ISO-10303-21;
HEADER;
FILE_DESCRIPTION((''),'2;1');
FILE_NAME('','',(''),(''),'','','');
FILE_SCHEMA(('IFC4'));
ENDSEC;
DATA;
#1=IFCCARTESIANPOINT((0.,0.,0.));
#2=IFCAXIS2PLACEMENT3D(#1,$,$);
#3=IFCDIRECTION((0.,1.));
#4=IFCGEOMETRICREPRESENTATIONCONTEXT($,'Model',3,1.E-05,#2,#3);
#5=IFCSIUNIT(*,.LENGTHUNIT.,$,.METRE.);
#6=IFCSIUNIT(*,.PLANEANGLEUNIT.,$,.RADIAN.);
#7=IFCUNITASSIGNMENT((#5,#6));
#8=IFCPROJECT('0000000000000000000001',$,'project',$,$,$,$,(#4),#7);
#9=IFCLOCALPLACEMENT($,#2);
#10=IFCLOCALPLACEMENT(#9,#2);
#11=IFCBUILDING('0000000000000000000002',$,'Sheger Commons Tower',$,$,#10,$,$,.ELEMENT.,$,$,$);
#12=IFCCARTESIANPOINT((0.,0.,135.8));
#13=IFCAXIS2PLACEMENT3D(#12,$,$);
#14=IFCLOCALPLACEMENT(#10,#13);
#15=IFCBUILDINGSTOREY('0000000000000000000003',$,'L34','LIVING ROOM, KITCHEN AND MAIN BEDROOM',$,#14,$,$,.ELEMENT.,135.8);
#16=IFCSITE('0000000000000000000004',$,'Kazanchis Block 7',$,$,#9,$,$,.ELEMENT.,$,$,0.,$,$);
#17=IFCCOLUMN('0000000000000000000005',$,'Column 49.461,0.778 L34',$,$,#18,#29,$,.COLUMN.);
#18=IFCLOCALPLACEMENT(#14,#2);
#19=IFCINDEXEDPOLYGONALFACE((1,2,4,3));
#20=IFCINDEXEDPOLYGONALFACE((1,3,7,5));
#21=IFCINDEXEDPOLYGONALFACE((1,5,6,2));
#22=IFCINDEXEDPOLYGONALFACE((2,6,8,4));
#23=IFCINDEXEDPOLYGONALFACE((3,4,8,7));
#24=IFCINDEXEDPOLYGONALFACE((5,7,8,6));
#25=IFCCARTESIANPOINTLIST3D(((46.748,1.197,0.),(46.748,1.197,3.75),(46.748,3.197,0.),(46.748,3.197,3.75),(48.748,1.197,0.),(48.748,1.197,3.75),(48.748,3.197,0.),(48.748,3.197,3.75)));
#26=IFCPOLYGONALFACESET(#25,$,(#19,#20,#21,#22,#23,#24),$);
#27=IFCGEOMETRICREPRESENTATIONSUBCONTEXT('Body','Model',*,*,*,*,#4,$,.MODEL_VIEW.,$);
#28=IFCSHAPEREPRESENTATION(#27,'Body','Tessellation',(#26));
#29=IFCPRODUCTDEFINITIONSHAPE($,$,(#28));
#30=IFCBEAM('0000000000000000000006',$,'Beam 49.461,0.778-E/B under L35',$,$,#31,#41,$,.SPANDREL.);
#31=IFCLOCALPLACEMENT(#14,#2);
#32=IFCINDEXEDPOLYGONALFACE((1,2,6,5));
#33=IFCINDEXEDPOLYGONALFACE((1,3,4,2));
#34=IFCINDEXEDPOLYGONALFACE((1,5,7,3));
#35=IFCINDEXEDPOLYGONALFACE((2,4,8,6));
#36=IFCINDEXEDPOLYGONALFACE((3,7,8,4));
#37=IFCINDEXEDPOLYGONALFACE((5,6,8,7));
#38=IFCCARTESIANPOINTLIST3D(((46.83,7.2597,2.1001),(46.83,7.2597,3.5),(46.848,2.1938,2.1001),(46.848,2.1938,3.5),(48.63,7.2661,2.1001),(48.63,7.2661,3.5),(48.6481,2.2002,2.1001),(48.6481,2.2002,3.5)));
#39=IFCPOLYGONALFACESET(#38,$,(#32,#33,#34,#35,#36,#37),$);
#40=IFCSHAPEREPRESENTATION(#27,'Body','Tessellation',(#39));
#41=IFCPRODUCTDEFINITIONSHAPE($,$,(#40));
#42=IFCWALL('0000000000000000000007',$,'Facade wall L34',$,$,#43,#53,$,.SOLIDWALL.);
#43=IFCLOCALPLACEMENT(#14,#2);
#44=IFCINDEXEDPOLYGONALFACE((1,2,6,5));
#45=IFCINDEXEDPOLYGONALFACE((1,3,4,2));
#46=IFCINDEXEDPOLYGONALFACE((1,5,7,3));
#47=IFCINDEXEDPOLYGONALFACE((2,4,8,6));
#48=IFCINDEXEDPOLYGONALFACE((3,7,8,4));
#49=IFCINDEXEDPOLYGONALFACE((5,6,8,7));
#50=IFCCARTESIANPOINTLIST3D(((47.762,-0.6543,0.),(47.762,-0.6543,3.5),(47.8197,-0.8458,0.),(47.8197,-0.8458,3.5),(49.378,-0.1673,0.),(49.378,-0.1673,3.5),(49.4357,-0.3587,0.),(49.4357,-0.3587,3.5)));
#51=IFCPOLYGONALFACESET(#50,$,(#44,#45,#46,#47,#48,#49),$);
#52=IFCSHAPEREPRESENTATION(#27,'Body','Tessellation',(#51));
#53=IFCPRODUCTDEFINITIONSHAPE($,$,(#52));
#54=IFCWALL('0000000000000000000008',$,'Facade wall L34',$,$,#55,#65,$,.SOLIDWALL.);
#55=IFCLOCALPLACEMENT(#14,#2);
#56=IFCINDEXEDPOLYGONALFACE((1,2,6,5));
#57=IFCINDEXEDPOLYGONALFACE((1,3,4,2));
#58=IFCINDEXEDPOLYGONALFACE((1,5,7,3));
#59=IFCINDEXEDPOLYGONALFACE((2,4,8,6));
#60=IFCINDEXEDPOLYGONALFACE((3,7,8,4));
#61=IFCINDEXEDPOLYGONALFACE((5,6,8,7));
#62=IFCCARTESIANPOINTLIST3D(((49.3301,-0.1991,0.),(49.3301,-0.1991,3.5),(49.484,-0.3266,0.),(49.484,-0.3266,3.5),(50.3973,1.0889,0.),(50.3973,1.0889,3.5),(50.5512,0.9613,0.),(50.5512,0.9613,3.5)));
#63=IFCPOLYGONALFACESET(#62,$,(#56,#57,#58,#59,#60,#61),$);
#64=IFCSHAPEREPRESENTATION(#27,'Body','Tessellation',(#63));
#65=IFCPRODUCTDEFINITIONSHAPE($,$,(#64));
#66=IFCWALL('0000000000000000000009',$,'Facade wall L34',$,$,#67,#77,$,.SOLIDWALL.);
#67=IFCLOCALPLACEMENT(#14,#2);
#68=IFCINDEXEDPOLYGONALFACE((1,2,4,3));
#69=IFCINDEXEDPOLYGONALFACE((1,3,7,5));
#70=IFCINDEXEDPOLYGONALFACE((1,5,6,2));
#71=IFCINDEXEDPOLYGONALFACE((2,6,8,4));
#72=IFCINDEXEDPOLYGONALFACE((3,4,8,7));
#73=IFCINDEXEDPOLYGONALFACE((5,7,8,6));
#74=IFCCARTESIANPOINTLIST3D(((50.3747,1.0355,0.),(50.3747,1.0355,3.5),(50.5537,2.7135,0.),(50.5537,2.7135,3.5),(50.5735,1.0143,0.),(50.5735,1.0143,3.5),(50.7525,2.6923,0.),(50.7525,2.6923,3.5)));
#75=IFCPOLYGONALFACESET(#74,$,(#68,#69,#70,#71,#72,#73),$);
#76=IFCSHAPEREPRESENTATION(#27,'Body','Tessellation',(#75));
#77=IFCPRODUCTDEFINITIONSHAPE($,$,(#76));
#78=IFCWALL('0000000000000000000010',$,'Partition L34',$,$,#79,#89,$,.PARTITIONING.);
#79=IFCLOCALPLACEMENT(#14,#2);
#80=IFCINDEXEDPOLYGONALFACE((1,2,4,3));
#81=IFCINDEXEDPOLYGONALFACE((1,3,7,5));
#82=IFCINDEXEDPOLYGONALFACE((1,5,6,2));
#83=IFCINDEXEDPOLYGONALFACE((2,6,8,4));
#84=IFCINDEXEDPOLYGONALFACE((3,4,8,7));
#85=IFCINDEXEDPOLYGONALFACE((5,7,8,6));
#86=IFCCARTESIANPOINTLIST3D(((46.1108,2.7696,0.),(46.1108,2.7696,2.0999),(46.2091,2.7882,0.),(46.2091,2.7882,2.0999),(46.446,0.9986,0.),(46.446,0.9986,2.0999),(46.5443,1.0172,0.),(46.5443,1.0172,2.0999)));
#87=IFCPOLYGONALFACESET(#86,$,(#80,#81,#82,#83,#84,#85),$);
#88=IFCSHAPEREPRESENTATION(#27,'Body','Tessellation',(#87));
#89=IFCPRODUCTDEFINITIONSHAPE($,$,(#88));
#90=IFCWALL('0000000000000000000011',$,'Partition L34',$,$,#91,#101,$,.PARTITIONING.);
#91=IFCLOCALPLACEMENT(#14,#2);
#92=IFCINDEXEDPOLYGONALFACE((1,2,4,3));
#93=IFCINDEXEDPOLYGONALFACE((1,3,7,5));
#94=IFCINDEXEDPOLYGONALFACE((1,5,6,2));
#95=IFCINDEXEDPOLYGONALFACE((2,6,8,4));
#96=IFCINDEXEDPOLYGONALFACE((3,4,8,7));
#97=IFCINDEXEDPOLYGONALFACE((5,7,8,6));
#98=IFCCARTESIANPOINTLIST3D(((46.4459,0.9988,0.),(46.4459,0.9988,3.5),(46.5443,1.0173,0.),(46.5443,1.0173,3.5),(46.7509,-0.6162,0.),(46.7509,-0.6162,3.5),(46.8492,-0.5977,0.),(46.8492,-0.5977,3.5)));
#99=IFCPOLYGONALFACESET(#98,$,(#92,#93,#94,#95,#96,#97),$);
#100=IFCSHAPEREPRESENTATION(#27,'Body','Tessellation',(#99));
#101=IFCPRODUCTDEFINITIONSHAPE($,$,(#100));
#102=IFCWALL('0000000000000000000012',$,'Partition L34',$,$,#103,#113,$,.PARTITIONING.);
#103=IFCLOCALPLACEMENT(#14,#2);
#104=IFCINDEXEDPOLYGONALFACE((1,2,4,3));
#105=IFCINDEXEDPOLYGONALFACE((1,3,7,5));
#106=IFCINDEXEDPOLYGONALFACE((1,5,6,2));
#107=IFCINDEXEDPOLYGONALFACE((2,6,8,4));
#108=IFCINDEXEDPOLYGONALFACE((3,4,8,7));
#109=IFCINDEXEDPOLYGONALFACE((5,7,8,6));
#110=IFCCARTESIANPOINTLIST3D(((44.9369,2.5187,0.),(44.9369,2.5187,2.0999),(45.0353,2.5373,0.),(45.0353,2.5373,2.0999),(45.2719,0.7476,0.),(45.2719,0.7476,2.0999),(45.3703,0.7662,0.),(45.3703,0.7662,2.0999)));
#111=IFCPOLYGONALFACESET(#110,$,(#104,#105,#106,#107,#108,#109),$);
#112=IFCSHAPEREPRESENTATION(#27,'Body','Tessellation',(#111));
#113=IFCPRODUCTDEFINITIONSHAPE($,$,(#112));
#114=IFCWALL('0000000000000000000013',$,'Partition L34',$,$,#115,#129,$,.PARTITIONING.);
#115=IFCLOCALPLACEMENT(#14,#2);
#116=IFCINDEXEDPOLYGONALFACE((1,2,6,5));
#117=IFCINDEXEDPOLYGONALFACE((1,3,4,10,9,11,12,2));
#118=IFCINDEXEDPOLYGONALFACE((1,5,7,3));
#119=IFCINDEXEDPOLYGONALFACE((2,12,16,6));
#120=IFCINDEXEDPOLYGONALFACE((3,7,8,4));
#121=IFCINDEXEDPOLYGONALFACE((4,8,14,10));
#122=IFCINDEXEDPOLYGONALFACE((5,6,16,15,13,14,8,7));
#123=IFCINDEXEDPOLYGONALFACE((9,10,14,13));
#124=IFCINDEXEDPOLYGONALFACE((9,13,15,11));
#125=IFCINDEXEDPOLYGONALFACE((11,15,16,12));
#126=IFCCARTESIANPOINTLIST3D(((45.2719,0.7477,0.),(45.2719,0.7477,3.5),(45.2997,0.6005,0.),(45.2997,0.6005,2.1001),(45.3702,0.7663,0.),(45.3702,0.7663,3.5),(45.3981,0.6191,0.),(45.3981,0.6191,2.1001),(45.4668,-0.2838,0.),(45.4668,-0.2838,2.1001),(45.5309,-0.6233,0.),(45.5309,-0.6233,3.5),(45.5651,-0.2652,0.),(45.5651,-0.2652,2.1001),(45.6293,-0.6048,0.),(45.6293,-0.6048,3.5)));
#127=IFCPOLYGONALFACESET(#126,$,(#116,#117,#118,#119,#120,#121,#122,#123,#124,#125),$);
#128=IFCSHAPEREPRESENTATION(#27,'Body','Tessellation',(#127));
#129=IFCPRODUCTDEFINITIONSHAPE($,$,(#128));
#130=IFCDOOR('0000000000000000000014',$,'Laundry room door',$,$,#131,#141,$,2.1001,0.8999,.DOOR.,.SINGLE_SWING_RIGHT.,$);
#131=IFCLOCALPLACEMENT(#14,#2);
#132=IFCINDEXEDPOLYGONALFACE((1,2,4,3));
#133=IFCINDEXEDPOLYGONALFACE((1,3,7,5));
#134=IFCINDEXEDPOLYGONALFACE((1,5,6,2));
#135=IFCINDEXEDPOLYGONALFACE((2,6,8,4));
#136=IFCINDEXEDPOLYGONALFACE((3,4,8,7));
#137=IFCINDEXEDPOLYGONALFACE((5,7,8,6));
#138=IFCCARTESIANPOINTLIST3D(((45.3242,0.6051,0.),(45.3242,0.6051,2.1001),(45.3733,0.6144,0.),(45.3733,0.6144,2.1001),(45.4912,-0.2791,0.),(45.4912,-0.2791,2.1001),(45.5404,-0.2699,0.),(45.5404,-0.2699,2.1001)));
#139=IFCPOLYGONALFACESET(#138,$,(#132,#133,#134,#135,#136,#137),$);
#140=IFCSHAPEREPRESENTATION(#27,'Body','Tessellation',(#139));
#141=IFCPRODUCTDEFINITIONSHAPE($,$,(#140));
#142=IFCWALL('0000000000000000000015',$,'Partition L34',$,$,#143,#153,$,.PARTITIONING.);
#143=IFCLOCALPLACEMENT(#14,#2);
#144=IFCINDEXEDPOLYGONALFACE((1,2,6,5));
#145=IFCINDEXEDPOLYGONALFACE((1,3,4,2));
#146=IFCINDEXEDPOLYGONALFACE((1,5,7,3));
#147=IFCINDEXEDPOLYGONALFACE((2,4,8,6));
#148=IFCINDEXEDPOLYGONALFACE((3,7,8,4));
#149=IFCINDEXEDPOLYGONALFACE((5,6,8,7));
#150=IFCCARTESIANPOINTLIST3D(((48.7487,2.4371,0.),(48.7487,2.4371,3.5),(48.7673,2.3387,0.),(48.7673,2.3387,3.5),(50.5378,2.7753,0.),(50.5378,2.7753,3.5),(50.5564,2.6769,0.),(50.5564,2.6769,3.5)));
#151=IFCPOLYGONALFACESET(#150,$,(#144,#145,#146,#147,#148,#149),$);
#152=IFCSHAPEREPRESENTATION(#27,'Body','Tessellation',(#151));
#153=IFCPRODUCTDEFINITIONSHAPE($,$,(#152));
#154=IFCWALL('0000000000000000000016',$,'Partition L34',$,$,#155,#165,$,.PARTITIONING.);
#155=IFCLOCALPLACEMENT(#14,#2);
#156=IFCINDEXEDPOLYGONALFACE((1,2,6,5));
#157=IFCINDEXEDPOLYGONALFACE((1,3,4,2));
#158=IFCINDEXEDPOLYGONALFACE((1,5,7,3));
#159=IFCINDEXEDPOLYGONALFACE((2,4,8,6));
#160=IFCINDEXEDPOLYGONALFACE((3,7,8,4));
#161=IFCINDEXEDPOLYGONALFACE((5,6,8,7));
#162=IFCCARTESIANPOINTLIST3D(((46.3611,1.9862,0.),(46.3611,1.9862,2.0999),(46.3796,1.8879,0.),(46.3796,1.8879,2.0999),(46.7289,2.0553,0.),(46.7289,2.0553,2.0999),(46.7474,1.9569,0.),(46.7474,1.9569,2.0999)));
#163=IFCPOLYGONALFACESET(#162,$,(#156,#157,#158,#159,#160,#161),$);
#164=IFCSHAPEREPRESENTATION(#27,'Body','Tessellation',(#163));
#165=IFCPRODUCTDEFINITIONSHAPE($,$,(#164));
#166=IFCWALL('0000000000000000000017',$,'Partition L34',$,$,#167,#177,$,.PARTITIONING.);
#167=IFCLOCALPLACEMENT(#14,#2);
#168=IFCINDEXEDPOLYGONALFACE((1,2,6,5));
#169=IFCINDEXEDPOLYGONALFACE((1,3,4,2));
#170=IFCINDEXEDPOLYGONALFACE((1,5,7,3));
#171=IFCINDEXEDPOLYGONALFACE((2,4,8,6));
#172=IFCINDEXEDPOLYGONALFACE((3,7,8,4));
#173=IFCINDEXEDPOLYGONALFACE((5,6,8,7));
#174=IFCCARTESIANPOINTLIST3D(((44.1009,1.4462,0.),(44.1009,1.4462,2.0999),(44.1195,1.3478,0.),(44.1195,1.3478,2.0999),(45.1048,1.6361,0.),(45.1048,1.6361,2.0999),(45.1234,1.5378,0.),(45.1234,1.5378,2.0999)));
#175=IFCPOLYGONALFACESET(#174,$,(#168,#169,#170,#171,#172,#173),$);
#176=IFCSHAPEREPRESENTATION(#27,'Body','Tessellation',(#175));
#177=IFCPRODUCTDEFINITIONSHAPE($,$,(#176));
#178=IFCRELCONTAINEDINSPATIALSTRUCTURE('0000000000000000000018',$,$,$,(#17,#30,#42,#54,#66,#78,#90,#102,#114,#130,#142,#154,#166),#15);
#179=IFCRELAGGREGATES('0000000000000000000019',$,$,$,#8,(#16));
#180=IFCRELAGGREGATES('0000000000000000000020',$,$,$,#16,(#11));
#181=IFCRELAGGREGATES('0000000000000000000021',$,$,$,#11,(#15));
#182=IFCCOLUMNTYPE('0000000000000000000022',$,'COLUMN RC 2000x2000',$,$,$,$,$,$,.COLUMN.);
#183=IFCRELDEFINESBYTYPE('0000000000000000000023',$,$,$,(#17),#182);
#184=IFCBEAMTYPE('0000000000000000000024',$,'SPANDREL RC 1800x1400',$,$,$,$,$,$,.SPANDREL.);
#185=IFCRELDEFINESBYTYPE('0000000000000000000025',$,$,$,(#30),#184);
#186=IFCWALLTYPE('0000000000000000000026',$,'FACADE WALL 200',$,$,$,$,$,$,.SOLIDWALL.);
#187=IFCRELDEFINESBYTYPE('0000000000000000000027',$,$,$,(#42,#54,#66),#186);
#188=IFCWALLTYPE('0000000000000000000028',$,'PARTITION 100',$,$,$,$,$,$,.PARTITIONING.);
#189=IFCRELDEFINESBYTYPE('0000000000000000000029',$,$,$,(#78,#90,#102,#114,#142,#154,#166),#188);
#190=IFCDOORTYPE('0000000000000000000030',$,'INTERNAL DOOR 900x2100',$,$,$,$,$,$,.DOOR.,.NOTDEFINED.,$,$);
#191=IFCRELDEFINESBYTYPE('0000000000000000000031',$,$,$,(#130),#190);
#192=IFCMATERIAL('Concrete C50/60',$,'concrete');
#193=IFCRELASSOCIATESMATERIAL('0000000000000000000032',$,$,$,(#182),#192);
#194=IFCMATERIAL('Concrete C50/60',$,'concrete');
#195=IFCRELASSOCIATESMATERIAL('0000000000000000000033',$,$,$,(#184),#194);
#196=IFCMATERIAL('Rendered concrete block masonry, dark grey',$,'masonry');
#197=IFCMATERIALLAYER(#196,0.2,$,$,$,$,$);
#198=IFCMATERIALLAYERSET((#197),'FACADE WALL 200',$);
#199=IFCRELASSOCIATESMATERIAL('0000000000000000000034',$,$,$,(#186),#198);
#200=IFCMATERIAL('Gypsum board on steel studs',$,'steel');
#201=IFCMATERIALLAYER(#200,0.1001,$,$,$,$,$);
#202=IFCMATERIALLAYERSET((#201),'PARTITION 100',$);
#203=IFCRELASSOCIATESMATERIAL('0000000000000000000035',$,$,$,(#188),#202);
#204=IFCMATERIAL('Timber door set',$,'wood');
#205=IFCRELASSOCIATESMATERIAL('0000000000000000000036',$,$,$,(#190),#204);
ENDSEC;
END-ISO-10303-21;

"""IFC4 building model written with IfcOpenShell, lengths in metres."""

from ifc_helpers import new_model, si_unit, direction, frame, frame_2d, origin, origin_2d, place, context, subcontext, project, spatial, rectangle, extrude, material, layer, layer_set, material_profile, profile_set, type_object, element, fill, save


model = new_model("IFC4")

# Units and contexts
model_context = context("Model", 3, precision=1e-05, world=origin(), true_north=direction((0.0, 1.0)))
body_context = subcontext(model_context, "Body", "Model", "MODEL_VIEW")
ifc_project = project(units=[si_unit("LENGTHUNIT", "METRE"), si_unit("PLANEANGLEUNIT", "RADIAN")], contexts=[model_context])

# Site, building, storey
site_placement = place(None, origin())
site = spatial("IfcSite", under=ifc_project, at=site_placement, Name="Kazanchis Block 7", CompositionType="ELEMENT", RefElevation=0.0)
building_placement = place(site_placement, origin())
building = spatial("IfcBuilding", under=site, at=building_placement, Name="Sheger Commons Tower", CompositionType="ELEMENT")
storey_placement = place(building_placement, frame((0.0, 0.0, 135.8)))
storey = spatial("IfcBuildingStorey", under=building, at=storey_placement, Name="L34", Description="LIVING ROOM, KITCHEN AND MAIN BEDROOM", CompositionType="ELEMENT", Elevation=135.8)

# Column
ifc_material_1 = material(Name="Concrete C50/60", Category="concrete")
ifc_material_profile_1 = material_profile(ifc_material_1, rectangle(XDim=2.0, YDim=2.0, at=origin_2d()), Name="RC 2000x2000")
ifc_profile_set_1 = profile_set([ifc_material_profile_1], Name="Concrete C50/60")
column_type = type_object("IfcColumnType", Name="COLUMN RC 2000x2000", PredefinedType="COLUMN", material=ifc_profile_set_1)
column_placement = place(storey_placement, frame((47.748, 2.197, 0.0), z_axis=(0.0, 0.0, 1.0), x_axis=(1.0, 0.0, 0.0)))
element("IfcColumn", 1, at=column_placement, inside=storey, type_object=column_type, Name="Column 49.461,0.778 L34", PredefinedType="COLUMN", context=body_context, shape_type="SweptSolid", body=[
    extrude(rectangle(XDim=2.0, YDim=2.0, at=origin_2d()), origin(), (0.0, 0.0, 1.0), 3.75),
])

# Beam
ifc_material_2 = material(Name="Concrete C50/60", Category="concrete")
ifc_material_profile_2 = material_profile(ifc_material_2, rectangle(XDim=1.8, YDim=1.3999, at=origin_2d()), Name="RC 1800x1400")
ifc_profile_set_2 = profile_set([ifc_material_profile_2], Name="Concrete C50/60")
beam_type = type_object("IfcBeamType", Name="SPANDREL RC 1800x1400", PredefinedType="SPANDREL", material=ifc_profile_set_2)
beam_placement = place(storey_placement, frame((47.748, 2.197, 2.8), z_axis=(-0.003566, 0.999994, 0.0), x_axis=(-0.999994, -0.003566, 0.0)))
element("IfcBeam", 2, at=beam_placement, inside=storey, type_object=beam_type, Name="Beam 49.461,0.778-E/B under L35", PredefinedType="SPANDREL", context=body_context, shape_type="SweptSolid", body=[
    extrude(rectangle(XDim=1.8, YDim=1.3999, at=origin_2d()), origin(), (0.0, 0.0, 1.0), 5.0659),
])

# Walls
ifc_material_3 = material(Name="Rendered concrete block masonry, dark grey", Category="masonry")
ifc_layer_1 = layer(ifc_material_3, 0.2)
ifc_layer_set_1 = layer_set([ifc_layer_1], Name="FACADE WALL 200")
wall_type_1 = type_object("IfcWallType", Name="FACADE WALL 200", PredefinedType="SOLIDWALL", material=ifc_layer_set_1)
wall_1_placement = place(storey_placement, frame((47.791, -0.75, 0.0), z_axis=(0.0, 0.0, 1.0), x_axis=(0.957455, 0.288582, 0.0)))
element("IfcWall", 3, at=wall_1_placement, inside=storey, type_object=wall_type_1, Name="Facade wall L34", PredefinedType="SOLIDWALL", context=body_context, shape_type="SweptSolid", body=[
    extrude(rectangle(XDim=1.6877, YDim=0.2, at=frame_2d((0.8438, 0.0))), origin(), (0.0, 0.0, 1.0), 3.5),
])
wall_2_placement = place(storey_placement, frame((49.407, -0.2629, 0.0), z_axis=(0.0, 0.0, 1.0), x_axis=(0.638043, 0.770001, 0.0)))
element("IfcWall", 4, at=wall_2_placement, inside=storey, type_object=wall_type_1, Name="Facade wall L34", PredefinedType="SOLIDWALL", context=body_context, shape_type="SweptSolid", body=[
    extrude(rectangle(XDim=1.6726, YDim=0.2, at=frame_2d((0.8364, 0.0))), origin(), (0.0, 0.0, 1.0), 3.5),
])
wall_3_placement = place(storey_placement, frame((50.4741, 1.0249, 0.0), z_axis=(0.0, 0.0, 1.0), x_axis=(0.106048, 0.994361, 0.0)))
element("IfcWall", 5, at=wall_3_placement, inside=storey, type_object=wall_type_1, Name="Facade wall L34", PredefinedType="SOLIDWALL", context=body_context, shape_type="SweptSolid", body=[
    extrude(rectangle(XDim=1.6875, YDim=0.2, at=frame_2d((0.8438, 0.0))), origin(), (0.0, 0.0, 1.0), 3.5),
])

# Walls
ifc_material_4 = material(Name="Gypsum board on steel studs", Category="steel")
ifc_layer_2 = layer(ifc_material_4, 0.1001)
ifc_layer_set_2 = layer_set([ifc_layer_2], Name="PARTITION 100")
wall_type_2 = type_object("IfcWallType", Name="PARTITION 100", PredefinedType="PARTITIONING", material=ifc_layer_set_2)
wall_4_placement = place(storey_placement, frame((46.1599, 2.7791, 0.0), z_axis=(0.0, 0.0, 1.0), x_axis=(0.185973, -0.982555, 0.0)))
element("IfcWall", 6, at=wall_4_placement, inside=storey, type_object=wall_type_2, Name="Partition L34", PredefinedType="PARTITIONING", context=body_context, shape_type="SweptSolid", body=[
    extrude(rectangle(XDim=1.8025, YDim=0.1001, at=frame_2d((0.9014, 0.0))), origin(), (0.0, 0.0, 1.0), 2.0999),
])
wall_5_placement = place(storey_placement, frame((46.4951, 1.0081, 0.0), z_axis=(0.0, 0.0, 1.0), x_axis=(0.185535, -0.982638, 0.0)))
element("IfcWall", 7, at=wall_5_placement, inside=storey, type_object=wall_type_2, Name="Partition L34", PredefinedType="PARTITIONING", context=body_context, shape_type="SweptSolid", body=[
    extrude(rectangle(XDim=1.6436, YDim=0.1001, at=frame_2d((0.8218, 0.0))), origin(), (0.0, 0.0, 1.0), 3.5),
])
wall_6_placement = place(storey_placement, frame((44.9861, 2.5281, 0.0), z_axis=(0.0, 0.0, 1.0), x_axis=(0.185842, -0.98258, 0.0)))
element("IfcWall", 8, at=wall_6_placement, inside=storey, type_object=wall_type_2, Name="Partition L34", PredefinedType="PARTITIONING", context=body_context, shape_type="SweptSolid", body=[
    extrude(rectangle(XDim=1.8025, YDim=0.1001, at=frame_2d((0.9014, 0.0))), origin(), (0.0, 0.0, 1.0), 2.0999),
])

# Wall, opening, door
wall_7_placement = place(storey_placement, frame((45.321, 0.7571, 0.0), z_axis=(0.0, 0.0, 1.0), x_axis=(0.185641, -0.982618, 0.0)))
wall_7 = element("IfcWall", 9, at=wall_7_placement, inside=storey, type_object=wall_type_2, Name="Partition L34", PredefinedType="PARTITIONING", context=body_context, shape_type="SweptSolid", body=[
    extrude(rectangle(XDim=1.3953, YDim=0.1001, at=frame_2d((0.6978, 0.0))), origin(), (0.0, 0.0, 1.0), 3.5),
])
opening_1_placement = place(wall_7_placement, frame((0.1499, 0.0, 0.0)))
opening_1 = element("IfcOpeningElement", 10, at=opening_1_placement, cuts=wall_7, PredefinedType="OPENING", context=body_context, shape_type="SweptSolid", body=[
    extrude(rectangle(XDim=0.8999, YDim=2.1001, at=frame_2d((0.45, 1.05))), frame((0.0, 0.0601, 0.0), z_axis=(0.0, -1.0, 0.0), x_axis=(1.0, 0.0, 0.0)), (0.0, 0.0, 1.0), 0.1201),
])
ifc_material_5 = material(Name="Timber door set", Category="wood")
door_type = type_object("IfcDoorType", Name="INTERNAL DOOR 900x2100", OperationType="NOTDEFINED", PredefinedType="DOOR", material=ifc_material_5)
door_placement = place(opening_1_placement, origin())
door = element("IfcDoor", 11, at=door_placement, inside=storey, type_object=door_type, Name="Laundry room door", OperationType="SINGLE_SWING_RIGHT", OverallHeight=2.1001, OverallWidth=0.8999, PredefinedType="DOOR", context=body_context, shape_type="SweptSolid", body=[
    extrude(rectangle(XDim=0.8999, YDim=2.1001, at=frame_2d((0.45, 1.05))), frame((0.0, 0.0249, 0.0), z_axis=(0.0, -1.0, 0.0), x_axis=(1.0, 0.0, 0.0)), (0.0, 0.0, 1.0), 0.05),
])
fill(opening_1, door)

# Walls
wall_8_placement = place(storey_placement, frame((50.5471, 2.7261, 0.0), z_axis=(0.0, 0.0, 1.0), x_axis=(-0.982604, -0.185713, 0.0)))
element("IfcWall", 12, at=wall_8_placement, inside=storey, type_object=wall_type_2, Name="Partition L34", PredefinedType="PARTITIONING", context=body_context, shape_type="SweptSolid", body=[
    extrude(rectangle(XDim=1.8208, YDim=0.1001, at=frame_2d((0.9104, 0.0))), origin(), (0.0, 0.0, 1.0), 3.5),
])
wall_9_placement = place(storey_placement, frame((46.738, 2.0061, 0.0), z_axis=(0.0, 0.0, 1.0), x_axis=(-0.98282, -0.184564, 0.0)))
element("IfcWall", 13, at=wall_9_placement, inside=storey, type_object=wall_type_2, Name="Partition L34", PredefinedType="PARTITIONING", context=body_context, shape_type="SweptSolid", body=[
    extrude(rectangle(XDim=0.3743, YDim=0.1001, at=frame_2d((0.187, 0.0))), origin(), (0.0, 0.0, 1.0), 2.0999),
])
wall_10_placement = place(storey_placement, frame((45.114, 1.5869, 0.0), z_axis=(0.0, 0.0, 1.0), x_axis=(-0.982568, -0.185904, 0.0)))
element("IfcWall", 14, at=wall_10_placement, inside=storey, type_object=wall_type_2, Name="Partition L34", PredefinedType="PARTITIONING", context=body_context, shape_type="SweptSolid", body=[
    extrude(rectangle(XDim=1.0217, YDim=0.1001, at=frame_2d((0.5107, 0.0))), origin(), (0.0, 0.0, 1.0), 2.0999),
])

save(model, "model.ifc")
